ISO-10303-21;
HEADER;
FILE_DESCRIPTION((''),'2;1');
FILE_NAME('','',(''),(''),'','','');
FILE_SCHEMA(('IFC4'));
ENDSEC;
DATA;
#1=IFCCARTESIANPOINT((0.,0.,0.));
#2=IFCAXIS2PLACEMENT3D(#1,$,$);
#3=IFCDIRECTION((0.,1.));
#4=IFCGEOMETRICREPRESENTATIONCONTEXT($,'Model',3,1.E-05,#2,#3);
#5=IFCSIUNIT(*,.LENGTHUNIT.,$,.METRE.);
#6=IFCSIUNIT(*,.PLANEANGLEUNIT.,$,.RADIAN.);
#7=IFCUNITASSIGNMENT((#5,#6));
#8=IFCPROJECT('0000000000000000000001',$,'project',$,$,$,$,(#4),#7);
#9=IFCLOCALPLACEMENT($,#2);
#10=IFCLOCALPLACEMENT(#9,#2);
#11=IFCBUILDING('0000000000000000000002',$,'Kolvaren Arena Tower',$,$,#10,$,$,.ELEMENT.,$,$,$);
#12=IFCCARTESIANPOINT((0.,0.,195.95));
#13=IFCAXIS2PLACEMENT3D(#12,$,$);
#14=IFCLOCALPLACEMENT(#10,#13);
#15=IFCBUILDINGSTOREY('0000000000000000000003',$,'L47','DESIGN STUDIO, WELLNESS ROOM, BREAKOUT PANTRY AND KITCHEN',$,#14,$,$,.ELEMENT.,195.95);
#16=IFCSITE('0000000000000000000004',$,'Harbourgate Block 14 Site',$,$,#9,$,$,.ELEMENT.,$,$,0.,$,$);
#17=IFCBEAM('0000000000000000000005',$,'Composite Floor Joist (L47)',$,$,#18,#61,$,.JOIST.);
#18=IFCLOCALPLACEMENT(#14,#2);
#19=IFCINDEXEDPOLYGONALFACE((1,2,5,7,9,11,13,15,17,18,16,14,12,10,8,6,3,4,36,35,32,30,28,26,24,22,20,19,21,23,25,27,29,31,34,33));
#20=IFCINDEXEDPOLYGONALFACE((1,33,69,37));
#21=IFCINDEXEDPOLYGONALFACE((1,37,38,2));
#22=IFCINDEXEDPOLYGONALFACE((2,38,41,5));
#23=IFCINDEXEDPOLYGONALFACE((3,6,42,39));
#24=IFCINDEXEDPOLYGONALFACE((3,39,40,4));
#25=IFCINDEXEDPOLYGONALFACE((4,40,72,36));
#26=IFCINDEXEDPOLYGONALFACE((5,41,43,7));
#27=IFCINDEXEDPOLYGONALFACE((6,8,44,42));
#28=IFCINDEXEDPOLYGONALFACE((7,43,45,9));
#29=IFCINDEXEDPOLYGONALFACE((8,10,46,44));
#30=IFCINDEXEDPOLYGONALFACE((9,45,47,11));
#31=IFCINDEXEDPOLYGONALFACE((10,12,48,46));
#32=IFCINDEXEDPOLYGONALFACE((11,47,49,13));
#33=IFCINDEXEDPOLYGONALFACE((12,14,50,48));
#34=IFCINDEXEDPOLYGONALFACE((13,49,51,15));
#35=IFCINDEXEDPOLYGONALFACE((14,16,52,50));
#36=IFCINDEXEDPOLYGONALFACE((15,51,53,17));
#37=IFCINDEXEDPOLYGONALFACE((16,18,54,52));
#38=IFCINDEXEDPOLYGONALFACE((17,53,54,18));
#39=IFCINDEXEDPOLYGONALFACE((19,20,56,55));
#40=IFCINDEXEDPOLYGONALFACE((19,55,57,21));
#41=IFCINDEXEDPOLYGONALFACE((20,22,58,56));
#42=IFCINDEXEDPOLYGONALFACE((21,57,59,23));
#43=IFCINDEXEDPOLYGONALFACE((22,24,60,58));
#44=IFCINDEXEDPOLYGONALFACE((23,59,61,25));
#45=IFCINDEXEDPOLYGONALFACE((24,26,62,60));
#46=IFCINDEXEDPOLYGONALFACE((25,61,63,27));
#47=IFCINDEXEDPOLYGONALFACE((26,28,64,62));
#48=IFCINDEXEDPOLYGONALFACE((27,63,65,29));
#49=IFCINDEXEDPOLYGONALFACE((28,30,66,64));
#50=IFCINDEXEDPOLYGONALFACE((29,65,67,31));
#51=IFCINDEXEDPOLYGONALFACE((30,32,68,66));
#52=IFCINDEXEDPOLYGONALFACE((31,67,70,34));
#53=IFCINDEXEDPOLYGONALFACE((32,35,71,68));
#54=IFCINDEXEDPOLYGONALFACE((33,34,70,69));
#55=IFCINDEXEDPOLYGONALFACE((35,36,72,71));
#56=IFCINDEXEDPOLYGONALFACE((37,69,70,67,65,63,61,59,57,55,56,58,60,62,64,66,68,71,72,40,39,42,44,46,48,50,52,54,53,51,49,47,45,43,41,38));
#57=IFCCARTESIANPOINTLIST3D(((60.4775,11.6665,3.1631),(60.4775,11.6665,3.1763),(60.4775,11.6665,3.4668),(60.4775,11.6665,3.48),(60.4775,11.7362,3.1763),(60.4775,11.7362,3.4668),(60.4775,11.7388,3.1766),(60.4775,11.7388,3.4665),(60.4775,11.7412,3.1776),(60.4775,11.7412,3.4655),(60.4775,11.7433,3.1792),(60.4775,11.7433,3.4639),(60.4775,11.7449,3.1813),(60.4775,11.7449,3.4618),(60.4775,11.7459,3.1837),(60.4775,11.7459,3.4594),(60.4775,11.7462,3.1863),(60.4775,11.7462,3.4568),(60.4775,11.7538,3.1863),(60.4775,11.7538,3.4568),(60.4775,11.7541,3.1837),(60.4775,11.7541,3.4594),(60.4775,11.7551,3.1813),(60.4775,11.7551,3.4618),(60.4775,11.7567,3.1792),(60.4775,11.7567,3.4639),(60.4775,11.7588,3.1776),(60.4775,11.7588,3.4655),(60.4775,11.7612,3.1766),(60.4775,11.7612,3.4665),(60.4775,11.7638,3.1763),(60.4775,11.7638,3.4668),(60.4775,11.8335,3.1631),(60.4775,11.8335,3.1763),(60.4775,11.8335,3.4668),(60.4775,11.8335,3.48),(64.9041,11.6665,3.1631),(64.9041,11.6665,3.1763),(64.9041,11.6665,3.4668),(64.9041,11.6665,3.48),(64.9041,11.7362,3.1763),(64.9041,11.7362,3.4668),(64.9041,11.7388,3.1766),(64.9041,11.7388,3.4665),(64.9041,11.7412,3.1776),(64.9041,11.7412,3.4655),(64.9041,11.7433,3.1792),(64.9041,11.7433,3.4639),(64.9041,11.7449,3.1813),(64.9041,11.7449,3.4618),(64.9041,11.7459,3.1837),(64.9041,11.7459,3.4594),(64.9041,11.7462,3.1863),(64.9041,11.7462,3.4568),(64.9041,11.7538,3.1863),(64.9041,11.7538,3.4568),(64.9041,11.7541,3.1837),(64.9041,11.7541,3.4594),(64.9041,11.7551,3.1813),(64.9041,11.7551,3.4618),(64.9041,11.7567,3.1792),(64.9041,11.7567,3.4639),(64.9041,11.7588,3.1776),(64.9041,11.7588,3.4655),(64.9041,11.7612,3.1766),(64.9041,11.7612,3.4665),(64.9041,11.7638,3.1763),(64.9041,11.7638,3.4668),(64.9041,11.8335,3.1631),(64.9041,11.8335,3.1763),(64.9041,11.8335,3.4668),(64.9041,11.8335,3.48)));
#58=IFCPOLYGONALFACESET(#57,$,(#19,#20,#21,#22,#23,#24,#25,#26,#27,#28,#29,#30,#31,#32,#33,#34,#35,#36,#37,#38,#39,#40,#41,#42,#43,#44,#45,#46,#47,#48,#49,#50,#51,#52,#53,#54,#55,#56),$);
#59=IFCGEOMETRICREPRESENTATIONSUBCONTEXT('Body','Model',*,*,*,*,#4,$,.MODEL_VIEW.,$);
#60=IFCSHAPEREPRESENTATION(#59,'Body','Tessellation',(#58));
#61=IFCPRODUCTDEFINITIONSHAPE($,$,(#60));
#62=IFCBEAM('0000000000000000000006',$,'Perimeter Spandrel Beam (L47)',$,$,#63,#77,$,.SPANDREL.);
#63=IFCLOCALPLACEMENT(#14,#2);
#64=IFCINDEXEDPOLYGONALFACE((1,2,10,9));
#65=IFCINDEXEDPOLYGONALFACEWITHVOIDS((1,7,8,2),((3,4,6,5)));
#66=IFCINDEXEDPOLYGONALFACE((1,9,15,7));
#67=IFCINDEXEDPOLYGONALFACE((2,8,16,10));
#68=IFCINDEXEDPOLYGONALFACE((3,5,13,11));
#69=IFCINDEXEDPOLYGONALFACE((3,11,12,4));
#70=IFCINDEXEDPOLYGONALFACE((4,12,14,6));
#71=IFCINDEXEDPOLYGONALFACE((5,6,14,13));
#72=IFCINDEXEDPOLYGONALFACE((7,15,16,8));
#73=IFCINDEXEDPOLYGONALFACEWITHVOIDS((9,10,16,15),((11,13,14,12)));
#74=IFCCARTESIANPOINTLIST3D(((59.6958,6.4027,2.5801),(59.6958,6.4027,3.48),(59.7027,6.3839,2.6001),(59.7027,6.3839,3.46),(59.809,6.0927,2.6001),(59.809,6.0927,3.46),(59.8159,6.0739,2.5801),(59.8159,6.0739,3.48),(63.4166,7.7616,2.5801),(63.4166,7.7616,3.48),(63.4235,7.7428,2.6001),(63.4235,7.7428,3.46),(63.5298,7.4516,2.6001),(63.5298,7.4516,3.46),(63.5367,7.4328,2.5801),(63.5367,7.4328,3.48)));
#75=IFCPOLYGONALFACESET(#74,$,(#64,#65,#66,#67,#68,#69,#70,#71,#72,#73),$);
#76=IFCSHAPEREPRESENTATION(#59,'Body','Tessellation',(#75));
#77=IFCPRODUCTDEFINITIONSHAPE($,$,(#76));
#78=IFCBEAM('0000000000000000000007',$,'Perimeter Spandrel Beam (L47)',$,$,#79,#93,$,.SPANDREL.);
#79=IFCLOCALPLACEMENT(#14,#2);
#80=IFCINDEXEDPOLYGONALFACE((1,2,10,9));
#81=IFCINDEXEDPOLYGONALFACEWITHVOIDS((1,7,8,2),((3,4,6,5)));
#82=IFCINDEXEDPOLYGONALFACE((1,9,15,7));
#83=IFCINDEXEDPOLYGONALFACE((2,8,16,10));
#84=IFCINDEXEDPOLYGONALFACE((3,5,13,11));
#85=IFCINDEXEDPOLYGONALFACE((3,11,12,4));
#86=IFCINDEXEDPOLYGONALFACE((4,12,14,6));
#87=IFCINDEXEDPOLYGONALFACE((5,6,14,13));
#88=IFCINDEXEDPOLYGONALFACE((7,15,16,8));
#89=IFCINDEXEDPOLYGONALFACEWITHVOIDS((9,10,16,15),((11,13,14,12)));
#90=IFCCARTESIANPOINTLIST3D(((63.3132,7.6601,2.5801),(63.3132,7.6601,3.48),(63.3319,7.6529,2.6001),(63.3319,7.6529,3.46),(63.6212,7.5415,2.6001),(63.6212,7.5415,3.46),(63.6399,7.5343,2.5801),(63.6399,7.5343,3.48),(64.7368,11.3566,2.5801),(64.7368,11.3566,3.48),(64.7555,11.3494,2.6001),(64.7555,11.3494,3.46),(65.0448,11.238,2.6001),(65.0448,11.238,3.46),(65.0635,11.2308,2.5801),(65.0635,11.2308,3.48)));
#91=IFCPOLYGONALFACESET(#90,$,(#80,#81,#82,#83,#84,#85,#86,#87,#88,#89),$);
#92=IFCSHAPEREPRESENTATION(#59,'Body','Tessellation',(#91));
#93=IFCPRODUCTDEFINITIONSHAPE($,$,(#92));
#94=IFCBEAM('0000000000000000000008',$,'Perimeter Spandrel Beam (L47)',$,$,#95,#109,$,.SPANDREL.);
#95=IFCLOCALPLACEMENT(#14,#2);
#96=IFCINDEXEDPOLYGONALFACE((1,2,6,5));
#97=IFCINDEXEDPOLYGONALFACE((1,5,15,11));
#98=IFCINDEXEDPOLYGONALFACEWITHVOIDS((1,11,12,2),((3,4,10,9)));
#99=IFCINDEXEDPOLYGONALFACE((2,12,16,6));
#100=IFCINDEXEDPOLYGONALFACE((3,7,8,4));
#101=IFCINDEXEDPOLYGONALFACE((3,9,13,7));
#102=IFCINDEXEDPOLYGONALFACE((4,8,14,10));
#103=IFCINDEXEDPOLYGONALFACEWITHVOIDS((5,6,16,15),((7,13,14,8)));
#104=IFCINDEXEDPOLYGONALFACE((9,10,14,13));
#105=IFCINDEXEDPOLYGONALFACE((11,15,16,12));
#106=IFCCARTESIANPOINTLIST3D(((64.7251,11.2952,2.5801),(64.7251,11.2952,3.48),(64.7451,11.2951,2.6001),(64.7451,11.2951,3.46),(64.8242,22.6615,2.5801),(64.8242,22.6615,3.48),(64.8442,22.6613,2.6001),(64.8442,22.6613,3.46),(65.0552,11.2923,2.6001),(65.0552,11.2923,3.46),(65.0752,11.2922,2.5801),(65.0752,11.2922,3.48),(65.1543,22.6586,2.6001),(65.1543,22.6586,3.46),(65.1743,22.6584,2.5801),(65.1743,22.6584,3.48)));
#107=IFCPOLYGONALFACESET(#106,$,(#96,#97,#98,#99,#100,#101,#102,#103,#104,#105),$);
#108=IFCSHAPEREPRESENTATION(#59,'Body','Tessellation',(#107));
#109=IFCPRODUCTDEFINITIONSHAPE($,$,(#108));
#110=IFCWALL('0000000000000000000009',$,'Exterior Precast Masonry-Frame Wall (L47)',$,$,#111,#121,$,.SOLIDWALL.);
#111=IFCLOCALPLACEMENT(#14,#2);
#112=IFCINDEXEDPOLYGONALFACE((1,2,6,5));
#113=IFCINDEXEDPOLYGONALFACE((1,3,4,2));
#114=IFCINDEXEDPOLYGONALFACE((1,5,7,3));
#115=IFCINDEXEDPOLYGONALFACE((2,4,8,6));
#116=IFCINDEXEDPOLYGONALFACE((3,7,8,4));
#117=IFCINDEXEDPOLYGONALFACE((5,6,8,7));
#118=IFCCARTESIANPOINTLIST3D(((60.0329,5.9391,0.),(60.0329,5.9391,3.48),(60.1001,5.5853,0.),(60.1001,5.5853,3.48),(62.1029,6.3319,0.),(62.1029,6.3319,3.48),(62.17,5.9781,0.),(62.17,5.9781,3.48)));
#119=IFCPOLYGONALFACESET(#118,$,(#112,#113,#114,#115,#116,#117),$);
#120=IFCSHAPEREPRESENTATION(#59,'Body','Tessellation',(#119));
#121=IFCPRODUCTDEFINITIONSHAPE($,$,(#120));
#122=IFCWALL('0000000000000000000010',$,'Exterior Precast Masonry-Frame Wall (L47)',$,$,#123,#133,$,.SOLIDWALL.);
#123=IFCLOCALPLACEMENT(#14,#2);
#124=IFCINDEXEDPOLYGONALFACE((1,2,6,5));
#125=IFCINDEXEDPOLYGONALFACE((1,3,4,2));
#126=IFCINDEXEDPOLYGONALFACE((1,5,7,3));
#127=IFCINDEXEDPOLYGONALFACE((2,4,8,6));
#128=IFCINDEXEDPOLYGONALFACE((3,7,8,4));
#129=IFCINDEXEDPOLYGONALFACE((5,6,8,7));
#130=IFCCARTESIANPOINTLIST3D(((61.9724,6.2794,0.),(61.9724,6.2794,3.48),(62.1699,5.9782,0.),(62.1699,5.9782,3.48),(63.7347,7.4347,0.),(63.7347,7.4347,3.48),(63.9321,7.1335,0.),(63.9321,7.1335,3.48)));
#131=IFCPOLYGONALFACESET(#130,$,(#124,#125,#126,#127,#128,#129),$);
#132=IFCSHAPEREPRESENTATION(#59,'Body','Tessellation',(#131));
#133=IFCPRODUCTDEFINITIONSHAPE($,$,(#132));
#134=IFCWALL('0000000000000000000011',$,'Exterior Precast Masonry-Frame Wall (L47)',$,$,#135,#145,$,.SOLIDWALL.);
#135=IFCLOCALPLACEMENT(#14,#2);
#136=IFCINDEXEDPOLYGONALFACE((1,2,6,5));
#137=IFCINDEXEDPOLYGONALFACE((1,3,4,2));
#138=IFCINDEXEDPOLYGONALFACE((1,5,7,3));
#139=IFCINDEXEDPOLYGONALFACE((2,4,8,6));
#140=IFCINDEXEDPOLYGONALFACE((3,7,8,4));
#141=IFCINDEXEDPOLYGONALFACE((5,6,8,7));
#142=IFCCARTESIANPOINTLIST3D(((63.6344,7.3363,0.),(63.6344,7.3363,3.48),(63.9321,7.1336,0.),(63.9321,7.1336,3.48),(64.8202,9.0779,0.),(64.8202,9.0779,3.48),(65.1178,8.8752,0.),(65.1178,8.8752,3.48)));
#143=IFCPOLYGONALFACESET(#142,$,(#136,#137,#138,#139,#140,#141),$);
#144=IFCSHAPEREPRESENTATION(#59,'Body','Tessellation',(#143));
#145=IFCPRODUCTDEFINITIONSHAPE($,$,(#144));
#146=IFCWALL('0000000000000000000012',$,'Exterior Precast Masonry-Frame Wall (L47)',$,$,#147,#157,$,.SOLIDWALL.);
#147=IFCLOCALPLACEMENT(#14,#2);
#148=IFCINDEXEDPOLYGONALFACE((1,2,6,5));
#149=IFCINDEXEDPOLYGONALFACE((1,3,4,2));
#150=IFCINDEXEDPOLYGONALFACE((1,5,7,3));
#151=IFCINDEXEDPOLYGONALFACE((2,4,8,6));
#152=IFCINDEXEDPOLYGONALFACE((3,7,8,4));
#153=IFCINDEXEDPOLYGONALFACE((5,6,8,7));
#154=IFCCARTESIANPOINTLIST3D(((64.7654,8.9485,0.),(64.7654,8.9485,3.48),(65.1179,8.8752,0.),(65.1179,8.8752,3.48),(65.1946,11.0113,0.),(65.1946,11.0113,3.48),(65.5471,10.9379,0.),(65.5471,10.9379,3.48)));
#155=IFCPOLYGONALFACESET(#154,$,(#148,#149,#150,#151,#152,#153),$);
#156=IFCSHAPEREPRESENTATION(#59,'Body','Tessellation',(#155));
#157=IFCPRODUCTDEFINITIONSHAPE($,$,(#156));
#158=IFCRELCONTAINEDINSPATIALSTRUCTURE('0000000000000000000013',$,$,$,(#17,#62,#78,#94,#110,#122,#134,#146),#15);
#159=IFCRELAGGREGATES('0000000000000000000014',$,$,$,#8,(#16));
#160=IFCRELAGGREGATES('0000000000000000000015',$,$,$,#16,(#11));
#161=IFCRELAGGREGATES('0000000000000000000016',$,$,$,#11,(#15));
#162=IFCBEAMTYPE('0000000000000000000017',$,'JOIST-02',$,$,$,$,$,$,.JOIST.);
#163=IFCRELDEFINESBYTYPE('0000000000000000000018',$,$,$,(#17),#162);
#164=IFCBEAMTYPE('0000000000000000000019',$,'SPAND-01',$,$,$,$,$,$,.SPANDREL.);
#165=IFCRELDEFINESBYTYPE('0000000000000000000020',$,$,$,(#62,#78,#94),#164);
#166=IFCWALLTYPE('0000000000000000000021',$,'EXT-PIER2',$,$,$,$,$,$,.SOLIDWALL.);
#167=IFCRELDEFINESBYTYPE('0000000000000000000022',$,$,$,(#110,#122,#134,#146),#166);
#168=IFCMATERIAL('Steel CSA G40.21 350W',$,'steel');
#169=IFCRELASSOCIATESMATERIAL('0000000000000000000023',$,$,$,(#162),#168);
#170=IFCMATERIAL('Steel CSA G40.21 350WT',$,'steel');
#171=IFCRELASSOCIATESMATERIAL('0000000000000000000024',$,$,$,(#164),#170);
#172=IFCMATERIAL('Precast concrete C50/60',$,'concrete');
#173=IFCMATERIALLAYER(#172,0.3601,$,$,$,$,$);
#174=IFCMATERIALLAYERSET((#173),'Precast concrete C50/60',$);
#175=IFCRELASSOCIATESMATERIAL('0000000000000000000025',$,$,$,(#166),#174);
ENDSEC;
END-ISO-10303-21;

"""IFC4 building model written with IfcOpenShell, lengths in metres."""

from ifc_helpers import new_model, si_unit, direction, frame, frame_2d, origin, origin_2d, place, context, subcontext, project, spatial, rectangle, hollow_rectangle, i_section, extrude, material, layer, layer_set, material_profile, profile_set, type_object, element, save


model = new_model("IFC4")

# Units and contexts
model_context = context("Model", 3, precision=1e-05, world=origin(), true_north=direction((0.0, 1.0)))
body_context = subcontext(model_context, "Body", "Model", "MODEL_VIEW")
ifc_project = project(units=[si_unit("LENGTHUNIT", "METRE"), si_unit("PLANEANGLEUNIT", "RADIAN")], contexts=[model_context])

# Site, building, storey
site_placement = place(None, origin())
site = spatial("IfcSite", under=ifc_project, at=site_placement, Name="Harbourgate Block 14 Site", CompositionType="ELEMENT", RefElevation=0.0)
building_placement = place(site_placement, origin())
building = spatial("IfcBuilding", under=site, at=building_placement, Name="Kolvaren Arena Tower", CompositionType="ELEMENT")
storey_placement = place(building_placement, frame((0.0, 0.0, 195.95)))
storey = spatial("IfcBuildingStorey", under=building, at=storey_placement, Name="L47", Description="DESIGN STUDIO, WELLNESS ROOM, BREAKOUT PANTRY AND KITCHEN", CompositionType="ELEMENT", Elevation=195.95)

# Beams
ifc_material_1 = material(Name="Steel CSA G40.21 350W", Category="steel")
ifc_material_profile_1 = material_profile(ifc_material_1, i_section(OverallWidth=0.167, OverallDepth=0.3169, WebThickness=0.0076, FlangeThickness=0.0132, FilletRadius=0.01, at=origin_2d()), Name="W310x52")
ifc_profile_set_1 = profile_set([ifc_material_profile_1], Name="Steel CSA G40.21 350W")
beam_type_1 = type_object("IfcBeamType", Name="JOIST-02", PredefinedType="JOIST", material=ifc_profile_set_1)
beam_1_placement = place(storey_placement, frame((60.4775, 11.75, 3.3215), z_axis=(1.0, 0.0, 0.0), x_axis=(0.0, 1.0, 0.0)))
element("IfcBeam", 1, at=beam_1_placement, inside=storey, type_object=beam_type_1, Name="Composite Floor Joist (L47)", PredefinedType="JOIST", context=body_context, shape_type="SweptSolid", body=[
    extrude(i_section(OverallWidth=0.167, OverallDepth=0.3169, WebThickness=0.0076, FlangeThickness=0.0132, FilletRadius=0.01, at=origin_2d()), origin(), (0.0, 0.0, 1.0), 4.4265),
])
ifc_material_2 = material(Name="Steel CSA G40.21 350WT", Category="steel")
ifc_material_profile_2 = material_profile(ifc_material_2, hollow_rectangle(XDim=0.3501, YDim=0.8999, WallThickness=0.02, at=origin_2d()), Name="HSS 900x350x20")
ifc_profile_set_2 = profile_set([ifc_material_profile_2], Name="Steel CSA G40.21 350WT")
beam_type_2 = type_object("IfcBeamType", Name="SPAND-01", PredefinedType="SPANDREL", material=ifc_profile_set_2)
for number, where, z_axis, x_axis, name in (
    (2, (59.7559, 6.2383, 3.03), (0.939314, 0.343059, 0.0), (-0.343059, 0.939314, 0.0), "Perimeter Spandrel Beam (L47)"),
    (3, (63.4766, 7.5972, 3.03), (0.359384, 0.93319, 0.0), (-0.93319, 0.359384, 0.0), "Perimeter Spandrel Beam (L47)"),
):
    element("IfcBeam", number, at=place(storey_placement, frame(where, z_axis=z_axis, x_axis=x_axis)), inside=storey, type_object=beam_type_2, Name=name, PredefinedType="SPANDREL", context=body_context, shape_type="SweptSolid", body=[
        extrude(hollow_rectangle(XDim=0.3501, YDim=0.8999, WallThickness=0.02, at=origin_2d()), origin(), (0.0, 0.0, 1.0), 3.9612),
    ])
beam_2_placement = place(storey_placement, frame((64.9001, 11.2937, 3.03), z_axis=(0.00872, 0.999962, 0.0), x_axis=(-0.999962, 0.00872, 0.0)))
element("IfcBeam", 4, at=beam_2_placement, inside=storey, type_object=beam_type_2, Name="Perimeter Spandrel Beam (L47)", PredefinedType="SPANDREL", context=body_context, shape_type="SweptSolid", body=[
    extrude(hollow_rectangle(XDim=0.3501, YDim=0.8999, WallThickness=0.02, at=origin_2d()), origin(), (0.0, 0.0, 1.0), 11.3667),
])

# Walls
ifc_material_3 = material(Name="Precast concrete C50/60", Category="concrete")
ifc_layer_1 = layer(ifc_material_3, 0.3601)
ifc_layer_set_1 = layer_set([ifc_layer_1], Name="Precast concrete C50/60")
wall_type_1 = type_object("IfcWallType", Name="EXT-PIER2", PredefinedType="SOLIDWALL", material=ifc_layer_set_1)
wall_1_placement = place(storey_placement, frame((62.1365, 6.155, 0.0), z_axis=(0.0, 0.0, 1.0), x_axis=(-0.982467, -0.186436, 0.0)))
element("IfcWall", 5, at=wall_1_placement, inside=storey, type_object=wall_type_1, Name="Exterior Precast Masonry-Frame Wall (L47)", PredefinedType="SOLIDWALL", context=body_context, shape_type="SweptSolid", body=[
    extrude(rectangle(XDim=2.1069, YDim=0.3601, at=frame_2d((1.0535, 0.0))), origin(), (0.0, 0.0, 1.0), 3.48),
])
wall_2_placement = place(storey_placement, frame((63.8335, 7.2842, 0.0), z_axis=(0.0, 0.0, 1.0), x_axis=(-0.836304, -0.548267, 0.0)))
element("IfcWall", 6, at=wall_2_placement, inside=storey, type_object=wall_type_1, Name="Exterior Precast Masonry-Frame Wall (L47)", PredefinedType="SOLIDWALL", context=body_context, shape_type="SweptSolid", body=[
    extrude(rectangle(XDim=2.1072, YDim=0.3601, at=frame_2d((1.0537, 0.0))), origin(), (0.0, 0.0, 1.0), 3.48),
])
for number, where, z_axis, x_axis, name in (
    (7, (64.969, 8.9766, 0.0), (0.0, 0.0, 1.0), (-0.562776, -0.82661, 0.0), "Exterior Precast Masonry-Frame Wall (L47)"),
    (8, (65.3708, 10.9746, 0.0), (0.0, 0.0, 1.0), (-0.203709, -0.979031, 0.0), "Exterior Precast Masonry-Frame Wall (L47)"),
):
    element("IfcWall", number, at=place(storey_placement, frame(where, z_axis=z_axis, x_axis=x_axis)), inside=storey, type_object=wall_type_1, Name=name, PredefinedType="SOLIDWALL", context=body_context, shape_type="SweptSolid", body=[
        extrude(rectangle(XDim=2.1069, YDim=0.3601, at=frame_2d((1.0535, 0.0))), origin(), (0.0, 0.0, 1.0), 3.48),
    ])

save(model, "model.ifc")
